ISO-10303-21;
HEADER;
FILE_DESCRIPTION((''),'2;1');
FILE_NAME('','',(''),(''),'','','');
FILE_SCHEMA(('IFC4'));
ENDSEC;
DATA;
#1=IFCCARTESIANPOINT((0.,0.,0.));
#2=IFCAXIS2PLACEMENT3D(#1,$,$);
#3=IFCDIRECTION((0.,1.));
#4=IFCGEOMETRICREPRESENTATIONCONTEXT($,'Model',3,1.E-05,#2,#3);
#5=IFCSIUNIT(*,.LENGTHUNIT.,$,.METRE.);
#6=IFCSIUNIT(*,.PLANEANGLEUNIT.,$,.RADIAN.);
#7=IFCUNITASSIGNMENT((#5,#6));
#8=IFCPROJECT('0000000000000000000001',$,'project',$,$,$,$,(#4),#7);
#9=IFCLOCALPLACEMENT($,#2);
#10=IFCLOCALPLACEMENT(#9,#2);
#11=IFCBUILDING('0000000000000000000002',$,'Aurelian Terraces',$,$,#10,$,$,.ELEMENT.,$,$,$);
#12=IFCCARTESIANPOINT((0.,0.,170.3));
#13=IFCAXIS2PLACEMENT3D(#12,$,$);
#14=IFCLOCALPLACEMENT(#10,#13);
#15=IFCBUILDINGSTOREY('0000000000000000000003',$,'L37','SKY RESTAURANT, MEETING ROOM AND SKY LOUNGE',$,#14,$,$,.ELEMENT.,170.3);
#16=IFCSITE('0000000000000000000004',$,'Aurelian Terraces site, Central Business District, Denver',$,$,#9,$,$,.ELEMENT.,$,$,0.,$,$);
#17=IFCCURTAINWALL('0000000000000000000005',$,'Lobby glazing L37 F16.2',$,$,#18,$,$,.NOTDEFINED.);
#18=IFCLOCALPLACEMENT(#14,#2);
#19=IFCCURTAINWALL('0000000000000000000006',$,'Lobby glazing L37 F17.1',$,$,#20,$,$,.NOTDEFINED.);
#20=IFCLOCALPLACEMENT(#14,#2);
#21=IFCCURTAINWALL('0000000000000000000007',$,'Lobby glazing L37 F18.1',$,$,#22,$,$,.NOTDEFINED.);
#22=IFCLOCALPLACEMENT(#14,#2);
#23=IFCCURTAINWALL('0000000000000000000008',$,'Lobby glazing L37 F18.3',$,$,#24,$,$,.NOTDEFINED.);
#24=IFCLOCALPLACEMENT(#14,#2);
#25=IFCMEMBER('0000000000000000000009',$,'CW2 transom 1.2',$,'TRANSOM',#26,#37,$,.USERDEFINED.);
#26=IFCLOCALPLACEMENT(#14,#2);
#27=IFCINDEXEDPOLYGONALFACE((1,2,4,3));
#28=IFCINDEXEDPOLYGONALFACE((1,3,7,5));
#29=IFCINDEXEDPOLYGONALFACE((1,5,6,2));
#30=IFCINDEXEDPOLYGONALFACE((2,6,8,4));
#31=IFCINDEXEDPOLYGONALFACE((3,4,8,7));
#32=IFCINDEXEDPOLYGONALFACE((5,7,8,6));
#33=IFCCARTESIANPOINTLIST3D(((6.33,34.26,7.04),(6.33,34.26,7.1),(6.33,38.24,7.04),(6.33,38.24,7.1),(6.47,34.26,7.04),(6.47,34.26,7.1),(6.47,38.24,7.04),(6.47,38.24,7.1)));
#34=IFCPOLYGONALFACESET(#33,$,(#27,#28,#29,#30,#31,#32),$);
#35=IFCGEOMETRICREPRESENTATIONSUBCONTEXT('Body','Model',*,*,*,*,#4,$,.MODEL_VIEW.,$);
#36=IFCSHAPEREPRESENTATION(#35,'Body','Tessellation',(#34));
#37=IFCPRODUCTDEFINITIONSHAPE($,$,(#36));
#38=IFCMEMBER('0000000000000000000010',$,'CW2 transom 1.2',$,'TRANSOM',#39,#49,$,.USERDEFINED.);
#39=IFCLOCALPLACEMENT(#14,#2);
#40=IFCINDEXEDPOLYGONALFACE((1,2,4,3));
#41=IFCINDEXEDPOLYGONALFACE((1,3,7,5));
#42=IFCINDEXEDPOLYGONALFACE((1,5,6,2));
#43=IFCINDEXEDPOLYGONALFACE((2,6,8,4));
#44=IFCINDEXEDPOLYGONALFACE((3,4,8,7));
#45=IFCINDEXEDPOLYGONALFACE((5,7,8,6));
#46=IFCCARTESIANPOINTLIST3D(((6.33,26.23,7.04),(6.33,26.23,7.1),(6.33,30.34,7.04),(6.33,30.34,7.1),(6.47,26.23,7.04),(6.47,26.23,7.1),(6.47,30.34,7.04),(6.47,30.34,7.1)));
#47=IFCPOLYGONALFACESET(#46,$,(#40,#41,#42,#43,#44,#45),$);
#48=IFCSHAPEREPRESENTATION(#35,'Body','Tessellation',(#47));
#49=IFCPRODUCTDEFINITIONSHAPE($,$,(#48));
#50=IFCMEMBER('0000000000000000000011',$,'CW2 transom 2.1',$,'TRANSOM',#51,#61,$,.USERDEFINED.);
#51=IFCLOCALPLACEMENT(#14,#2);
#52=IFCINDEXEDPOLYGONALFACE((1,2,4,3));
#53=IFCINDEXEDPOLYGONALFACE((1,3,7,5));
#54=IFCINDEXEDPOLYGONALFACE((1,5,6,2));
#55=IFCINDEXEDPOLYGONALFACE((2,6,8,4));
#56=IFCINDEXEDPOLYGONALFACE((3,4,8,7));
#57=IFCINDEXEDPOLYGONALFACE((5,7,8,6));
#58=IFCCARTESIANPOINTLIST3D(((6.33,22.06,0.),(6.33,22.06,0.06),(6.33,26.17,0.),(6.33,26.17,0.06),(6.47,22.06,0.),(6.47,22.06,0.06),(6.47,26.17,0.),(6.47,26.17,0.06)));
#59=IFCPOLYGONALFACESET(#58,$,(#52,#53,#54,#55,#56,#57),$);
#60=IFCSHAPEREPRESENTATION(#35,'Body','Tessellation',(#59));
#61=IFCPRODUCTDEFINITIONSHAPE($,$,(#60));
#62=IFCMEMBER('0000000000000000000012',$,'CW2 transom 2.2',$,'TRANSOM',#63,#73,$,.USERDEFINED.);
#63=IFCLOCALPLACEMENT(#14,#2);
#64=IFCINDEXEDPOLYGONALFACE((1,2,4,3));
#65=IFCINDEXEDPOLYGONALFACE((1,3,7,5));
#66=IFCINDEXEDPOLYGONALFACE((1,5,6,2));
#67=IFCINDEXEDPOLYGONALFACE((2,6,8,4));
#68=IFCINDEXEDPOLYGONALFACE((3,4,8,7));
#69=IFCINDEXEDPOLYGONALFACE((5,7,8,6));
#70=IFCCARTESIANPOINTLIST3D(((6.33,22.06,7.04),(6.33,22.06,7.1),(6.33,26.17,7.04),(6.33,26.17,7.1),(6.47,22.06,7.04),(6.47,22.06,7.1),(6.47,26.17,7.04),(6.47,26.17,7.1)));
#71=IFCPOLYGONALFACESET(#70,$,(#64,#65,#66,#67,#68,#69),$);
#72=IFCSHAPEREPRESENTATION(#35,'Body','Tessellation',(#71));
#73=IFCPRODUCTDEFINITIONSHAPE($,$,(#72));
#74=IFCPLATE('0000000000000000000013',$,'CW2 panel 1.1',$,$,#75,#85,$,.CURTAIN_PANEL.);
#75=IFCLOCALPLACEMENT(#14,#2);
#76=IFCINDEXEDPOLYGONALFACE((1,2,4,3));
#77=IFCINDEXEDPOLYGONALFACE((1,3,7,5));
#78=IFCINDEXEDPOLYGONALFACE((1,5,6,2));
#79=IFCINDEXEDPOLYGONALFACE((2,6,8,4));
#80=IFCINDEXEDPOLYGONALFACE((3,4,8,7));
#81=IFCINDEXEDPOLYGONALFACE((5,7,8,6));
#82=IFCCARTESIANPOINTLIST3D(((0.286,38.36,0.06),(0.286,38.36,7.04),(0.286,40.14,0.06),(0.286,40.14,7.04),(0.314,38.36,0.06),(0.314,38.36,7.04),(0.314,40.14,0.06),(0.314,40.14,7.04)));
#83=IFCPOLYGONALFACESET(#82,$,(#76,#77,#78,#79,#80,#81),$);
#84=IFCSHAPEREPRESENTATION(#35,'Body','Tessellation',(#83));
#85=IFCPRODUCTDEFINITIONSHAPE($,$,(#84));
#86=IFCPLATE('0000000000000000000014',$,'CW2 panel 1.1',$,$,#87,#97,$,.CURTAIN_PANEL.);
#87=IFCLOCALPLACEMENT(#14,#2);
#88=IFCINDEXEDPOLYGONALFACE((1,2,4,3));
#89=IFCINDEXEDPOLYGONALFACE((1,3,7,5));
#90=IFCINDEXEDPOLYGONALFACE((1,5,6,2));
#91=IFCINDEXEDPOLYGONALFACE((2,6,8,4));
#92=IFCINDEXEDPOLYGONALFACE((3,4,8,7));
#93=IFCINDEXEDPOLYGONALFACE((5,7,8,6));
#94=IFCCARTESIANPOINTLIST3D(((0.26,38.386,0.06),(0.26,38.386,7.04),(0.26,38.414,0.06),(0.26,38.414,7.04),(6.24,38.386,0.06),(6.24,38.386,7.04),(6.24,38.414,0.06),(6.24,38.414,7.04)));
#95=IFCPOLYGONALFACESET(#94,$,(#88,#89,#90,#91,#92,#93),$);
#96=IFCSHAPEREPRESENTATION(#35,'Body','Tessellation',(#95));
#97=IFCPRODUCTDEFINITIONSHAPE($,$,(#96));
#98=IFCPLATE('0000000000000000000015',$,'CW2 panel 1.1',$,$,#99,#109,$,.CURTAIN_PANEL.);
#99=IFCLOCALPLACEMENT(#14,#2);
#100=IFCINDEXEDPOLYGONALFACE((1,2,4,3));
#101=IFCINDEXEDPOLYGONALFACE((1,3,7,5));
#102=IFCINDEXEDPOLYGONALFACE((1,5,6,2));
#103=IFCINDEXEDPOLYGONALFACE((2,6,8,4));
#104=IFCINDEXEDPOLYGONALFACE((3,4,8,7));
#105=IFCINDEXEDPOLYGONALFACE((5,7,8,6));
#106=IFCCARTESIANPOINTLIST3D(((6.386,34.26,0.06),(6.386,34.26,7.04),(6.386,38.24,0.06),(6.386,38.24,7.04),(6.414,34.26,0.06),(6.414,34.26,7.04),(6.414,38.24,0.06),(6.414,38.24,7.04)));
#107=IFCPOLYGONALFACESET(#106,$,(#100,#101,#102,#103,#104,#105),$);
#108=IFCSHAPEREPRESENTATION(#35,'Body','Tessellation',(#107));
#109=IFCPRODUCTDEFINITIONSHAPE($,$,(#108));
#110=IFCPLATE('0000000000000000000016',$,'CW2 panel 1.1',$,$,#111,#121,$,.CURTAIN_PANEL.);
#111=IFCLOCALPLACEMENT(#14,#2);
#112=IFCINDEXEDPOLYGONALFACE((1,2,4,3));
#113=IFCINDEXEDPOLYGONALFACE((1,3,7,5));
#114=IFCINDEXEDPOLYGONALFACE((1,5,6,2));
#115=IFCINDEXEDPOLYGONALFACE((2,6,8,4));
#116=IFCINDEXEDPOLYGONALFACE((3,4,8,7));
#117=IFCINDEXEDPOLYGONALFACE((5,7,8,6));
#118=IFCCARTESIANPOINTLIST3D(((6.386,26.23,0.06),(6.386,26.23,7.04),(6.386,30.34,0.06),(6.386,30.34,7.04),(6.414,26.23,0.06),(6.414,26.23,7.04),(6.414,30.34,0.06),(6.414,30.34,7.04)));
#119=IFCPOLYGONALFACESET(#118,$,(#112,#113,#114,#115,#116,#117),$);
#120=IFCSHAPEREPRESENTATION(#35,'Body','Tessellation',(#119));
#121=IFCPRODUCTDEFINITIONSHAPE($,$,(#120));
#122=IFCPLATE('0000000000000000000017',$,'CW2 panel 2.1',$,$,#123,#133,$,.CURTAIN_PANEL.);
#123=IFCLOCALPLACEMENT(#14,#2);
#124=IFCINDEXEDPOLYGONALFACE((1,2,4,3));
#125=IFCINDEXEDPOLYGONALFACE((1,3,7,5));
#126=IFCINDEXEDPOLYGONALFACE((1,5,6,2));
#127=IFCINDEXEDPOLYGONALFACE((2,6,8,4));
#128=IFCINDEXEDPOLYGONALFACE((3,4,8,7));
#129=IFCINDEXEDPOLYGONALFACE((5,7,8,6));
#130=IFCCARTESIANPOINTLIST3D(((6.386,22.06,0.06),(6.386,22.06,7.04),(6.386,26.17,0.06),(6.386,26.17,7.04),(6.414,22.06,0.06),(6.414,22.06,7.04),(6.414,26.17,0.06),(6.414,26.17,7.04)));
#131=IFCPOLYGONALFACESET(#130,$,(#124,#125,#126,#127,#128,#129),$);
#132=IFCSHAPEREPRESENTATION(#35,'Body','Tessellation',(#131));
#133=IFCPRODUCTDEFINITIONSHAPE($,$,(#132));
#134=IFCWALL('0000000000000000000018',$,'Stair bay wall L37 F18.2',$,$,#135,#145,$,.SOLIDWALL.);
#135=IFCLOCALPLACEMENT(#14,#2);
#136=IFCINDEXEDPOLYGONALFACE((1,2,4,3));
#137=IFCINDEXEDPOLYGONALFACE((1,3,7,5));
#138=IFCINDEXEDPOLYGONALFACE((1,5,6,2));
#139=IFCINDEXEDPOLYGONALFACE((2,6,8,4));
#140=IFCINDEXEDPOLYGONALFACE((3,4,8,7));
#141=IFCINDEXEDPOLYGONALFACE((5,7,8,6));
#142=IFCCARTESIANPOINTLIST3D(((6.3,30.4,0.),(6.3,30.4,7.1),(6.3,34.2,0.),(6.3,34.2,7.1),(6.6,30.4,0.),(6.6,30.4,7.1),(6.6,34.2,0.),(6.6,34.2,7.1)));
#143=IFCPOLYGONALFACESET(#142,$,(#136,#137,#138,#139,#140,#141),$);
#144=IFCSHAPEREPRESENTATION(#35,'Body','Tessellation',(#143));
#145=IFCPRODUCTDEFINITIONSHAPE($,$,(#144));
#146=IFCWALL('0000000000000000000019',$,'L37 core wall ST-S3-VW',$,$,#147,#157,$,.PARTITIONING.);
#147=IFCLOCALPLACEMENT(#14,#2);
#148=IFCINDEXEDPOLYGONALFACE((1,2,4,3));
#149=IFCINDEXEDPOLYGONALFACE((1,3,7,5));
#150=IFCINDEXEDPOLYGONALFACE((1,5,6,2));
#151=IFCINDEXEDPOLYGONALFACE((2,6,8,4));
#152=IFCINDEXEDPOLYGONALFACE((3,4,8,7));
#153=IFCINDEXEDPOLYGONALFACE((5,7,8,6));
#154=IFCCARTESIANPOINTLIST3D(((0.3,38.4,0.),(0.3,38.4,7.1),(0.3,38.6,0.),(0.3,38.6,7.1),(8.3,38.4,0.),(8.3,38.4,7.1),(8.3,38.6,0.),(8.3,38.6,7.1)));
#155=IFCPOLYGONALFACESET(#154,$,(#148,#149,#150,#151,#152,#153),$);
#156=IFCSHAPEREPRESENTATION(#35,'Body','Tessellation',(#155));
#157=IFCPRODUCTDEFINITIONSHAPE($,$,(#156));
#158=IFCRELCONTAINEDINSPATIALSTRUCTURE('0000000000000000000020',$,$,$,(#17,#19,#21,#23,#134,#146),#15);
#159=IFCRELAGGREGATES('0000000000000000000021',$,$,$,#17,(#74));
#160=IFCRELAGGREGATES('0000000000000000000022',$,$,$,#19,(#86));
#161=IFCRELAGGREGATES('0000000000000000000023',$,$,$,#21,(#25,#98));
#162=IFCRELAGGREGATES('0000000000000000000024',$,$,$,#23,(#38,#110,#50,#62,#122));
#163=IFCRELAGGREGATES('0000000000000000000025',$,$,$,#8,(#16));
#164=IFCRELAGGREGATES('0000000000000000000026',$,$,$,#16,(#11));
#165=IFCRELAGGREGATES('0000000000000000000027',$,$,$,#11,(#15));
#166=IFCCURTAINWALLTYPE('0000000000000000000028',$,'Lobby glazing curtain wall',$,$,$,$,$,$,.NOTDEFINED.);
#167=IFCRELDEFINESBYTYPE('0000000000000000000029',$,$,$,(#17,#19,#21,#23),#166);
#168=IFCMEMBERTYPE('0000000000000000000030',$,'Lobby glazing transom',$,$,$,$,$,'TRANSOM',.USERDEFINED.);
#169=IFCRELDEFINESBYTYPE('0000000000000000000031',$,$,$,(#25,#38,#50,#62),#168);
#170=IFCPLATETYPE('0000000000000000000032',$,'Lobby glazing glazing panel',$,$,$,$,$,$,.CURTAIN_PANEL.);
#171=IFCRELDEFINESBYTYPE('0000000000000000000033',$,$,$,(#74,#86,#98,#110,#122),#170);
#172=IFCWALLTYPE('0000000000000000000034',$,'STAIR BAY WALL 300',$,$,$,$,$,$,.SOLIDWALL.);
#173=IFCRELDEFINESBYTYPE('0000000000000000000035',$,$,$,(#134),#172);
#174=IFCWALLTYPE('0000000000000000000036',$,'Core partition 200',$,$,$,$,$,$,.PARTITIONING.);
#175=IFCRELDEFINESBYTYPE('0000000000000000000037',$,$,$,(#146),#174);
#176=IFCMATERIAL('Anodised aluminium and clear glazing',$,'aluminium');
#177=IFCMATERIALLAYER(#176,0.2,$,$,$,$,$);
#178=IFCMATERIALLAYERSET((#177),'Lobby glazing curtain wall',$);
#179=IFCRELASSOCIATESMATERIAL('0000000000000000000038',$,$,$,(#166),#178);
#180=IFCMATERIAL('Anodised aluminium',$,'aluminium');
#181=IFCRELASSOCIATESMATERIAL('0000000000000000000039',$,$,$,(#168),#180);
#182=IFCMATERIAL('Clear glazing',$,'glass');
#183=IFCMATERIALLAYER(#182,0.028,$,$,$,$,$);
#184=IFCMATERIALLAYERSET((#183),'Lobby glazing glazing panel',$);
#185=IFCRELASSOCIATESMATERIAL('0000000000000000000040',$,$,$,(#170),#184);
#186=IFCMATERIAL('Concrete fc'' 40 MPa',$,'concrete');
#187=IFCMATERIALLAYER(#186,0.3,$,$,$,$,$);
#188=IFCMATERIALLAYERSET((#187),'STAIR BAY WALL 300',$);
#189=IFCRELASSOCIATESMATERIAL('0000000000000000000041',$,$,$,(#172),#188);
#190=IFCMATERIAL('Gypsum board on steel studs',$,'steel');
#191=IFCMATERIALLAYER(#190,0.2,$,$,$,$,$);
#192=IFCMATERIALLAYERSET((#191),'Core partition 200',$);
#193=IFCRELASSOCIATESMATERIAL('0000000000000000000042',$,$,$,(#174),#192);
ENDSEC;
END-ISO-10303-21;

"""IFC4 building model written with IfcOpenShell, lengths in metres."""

from ifc_helpers import new_model, si_unit, direction, frame, frame_2d, origin, origin_2d, place, context, subcontext, project, spatial, rectangle, extrude, source, transform, mapped, material, layer, layer_set, material_profile, profile_set, type_object, element, aggregate, save


model = new_model("IFC4")

# Units and contexts
model_context = context("Model", 3, precision=1e-05, world=origin(), true_north=direction((0.0, 1.0)))
body_context = subcontext(model_context, "Body", "Model", "MODEL_VIEW")
ifc_project = project(units=[si_unit("LENGTHUNIT", "METRE"), si_unit("PLANEANGLEUNIT", "RADIAN")], contexts=[model_context])

# Site, building, storey
site_placement = place(None, origin())
site = spatial("IfcSite", under=ifc_project, at=site_placement, Name="Aurelian Terraces site, Central Business District, Denver", CompositionType="ELEMENT", RefElevation=0.0)
building_placement = place(site_placement, origin())
building = spatial("IfcBuilding", under=site, at=building_placement, Name="Aurelian Terraces", CompositionType="ELEMENT")
storey_placement = place(building_placement, frame((0.0, 0.0, 170.3)))
storey = spatial("IfcBuildingStorey", under=building, at=storey_placement, Name="L37", Description="SKY RESTAURANT, MEETING ROOM AND SKY LOUNGE", CompositionType="ELEMENT", Elevation=170.3)

# Curtain walls
ifc_material_1 = material(Name="Anodised aluminium and clear glazing", Category="aluminium")
ifc_layer_1 = layer(ifc_material_1, 0.2)
ifc_layer_set_1 = layer_set([ifc_layer_1], Name="Lobby glazing curtain wall")
curtain_wall_type = type_object("IfcCurtainWallType", Name="Lobby glazing curtain wall", PredefinedType="NOTDEFINED", material=ifc_layer_set_1)
curtain_wall_1_placement = place(storey_placement, origin())
curtain_wall_1 = element("IfcCurtainWall", 1, at=curtain_wall_1_placement, inside=storey, type_object=curtain_wall_type, Name="Lobby glazing L37 F16.2", PredefinedType="NOTDEFINED")
ifc_material_2 = material(Name="Anodised aluminium", Category="aluminium")
ifc_material_profile_1 = material_profile(ifc_material_2, rectangle(XDim=0.14, YDim=0.06, at=origin_2d()))
ifc_profile_set_1 = profile_set([ifc_material_profile_1], Name="Anodised aluminium")
member_type_1 = type_object("IfcMemberType", Name="Lobby glazing transom", ElementType="TRANSOM", PredefinedType="USERDEFINED", material=ifc_profile_set_1)
curtain_wall_2_placement = place(storey_placement, origin())
curtain_wall_2 = element("IfcCurtainWall", 2, at=curtain_wall_2_placement, inside=storey, type_object=curtain_wall_type, Name="Lobby glazing L37 F17.1", PredefinedType="NOTDEFINED")
curtain_wall_3_placement = place(storey_placement, origin())
curtain_wall_3 = element("IfcCurtainWall", 3, at=curtain_wall_3_placement, inside=storey, type_object=curtain_wall_type, Name="Lobby glazing L37 F18.1", PredefinedType="NOTDEFINED")
curtain_wall_4_placement = place(storey_placement, origin())
curtain_wall_4 = element("IfcCurtainWall", 4, at=curtain_wall_4_placement, inside=storey, type_object=curtain_wall_type, Name="Lobby glazing L37 F18.3", PredefinedType="NOTDEFINED")

# Members
shared_shape_1 = source(origin(), body_context, "Body", "SweptSolid", [
    extrude(rectangle(XDim=0.14, YDim=0.06, at=origin_2d()), origin(), (0.0, 0.0, 1.0), 3.98),
])
member_1_placement = place(storey_placement, frame((6.4, 38.24, 7.07), z_axis=(0.0, -1.0, 0.0), x_axis=(1.0, 0.0, 0.0)))
member_1 = element("IfcMember", 5, at=member_1_placement, type_object=member_type_1, Name="CW2 transom 1.2", ObjectType="TRANSOM", PredefinedType="USERDEFINED", context=body_context, shape_type="MappedRepresentation", body=[
    mapped(shared_shape_1, transform((0.0, 0.0, 0.0), scale=1.0)),
])
shared_shape_2 = source(origin(), body_context, "Body", "SweptSolid", [
    extrude(rectangle(XDim=0.14, YDim=0.06, at=origin_2d()), origin(), (0.0, 0.0, 1.0), 4.11),
])
member_2_placement = place(storey_placement, frame((6.4, 30.34, 7.07), z_axis=(0.0, -1.0, 0.0), x_axis=(1.0, 0.0, 0.0)))
member_2 = element("IfcMember", 6, at=member_2_placement, type_object=member_type_1, Name="CW2 transom 1.2", ObjectType="TRANSOM", PredefinedType="USERDEFINED", context=body_context, shape_type="MappedRepresentation", body=[
    mapped(shared_shape_2, transform((0.0, 0.0, 0.0), scale=1.0)),
])
member_3_placement = place(storey_placement, frame((6.4, 26.17, 0.03), z_axis=(0.0, -1.0, 0.0), x_axis=(1.0, 0.0, 0.0)))
member_3 = element("IfcMember", 7, at=member_3_placement, type_object=member_type_1, Name="CW2 transom 2.1", ObjectType="TRANSOM", PredefinedType="USERDEFINED", context=body_context, shape_type="MappedRepresentation", body=[
    mapped(shared_shape_2, transform((0.0, 0.0, 0.0), scale=1.0)),
])
member_4_placement = place(storey_placement, frame((6.4, 26.17, 7.07), z_axis=(0.0, -1.0, 0.0), x_axis=(1.0, 0.0, 0.0)))
member_4 = element("IfcMember", 8, at=member_4_placement, type_object=member_type_1, Name="CW2 transom 2.2", ObjectType="TRANSOM", PredefinedType="USERDEFINED", context=body_context, shape_type="MappedRepresentation", body=[
    mapped(shared_shape_2, transform((0.0, 0.0, 0.0), scale=1.0)),
])

# Plates
ifc_material_3 = material(Name="Clear glazing", Category="glass")
ifc_layer_2 = layer(ifc_material_3, 0.028)
ifc_layer_set_2 = layer_set([ifc_layer_2], Name="Lobby glazing glazing panel")
plate_type = type_object("IfcPlateType", Name="Lobby glazing glazing panel", PredefinedType="CURTAIN_PANEL", material=ifc_layer_set_2)
plate_1_placement = place(storey_placement, frame((0.3, 39.25, 0.06), z_axis=(0.0, 0.0, 1.0), x_axis=(0.0, -1.0, 0.0)))
plate_1 = element("IfcPlate", 9, at=plate_1_placement, type_object=plate_type, Name="CW2 panel 1.1", PredefinedType="CURTAIN_PANEL", context=body_context, shape_type="SweptSolid", body=[
    extrude(rectangle(XDim=1.78, YDim=0.028, at=origin_2d()), origin(), (0.0, 0.0, 1.0), 6.98),
])
aggregate(curtain_wall_1, [plate_1])
plate_2_placement = place(storey_placement, frame((3.25, 38.4, 0.06), z_axis=(0.0, 0.0, 1.0), x_axis=(1.0, 0.0, 0.0)))
plate_2 = element("IfcPlate", 10, at=plate_2_placement, type_object=plate_type, Name="CW2 panel 1.1", PredefinedType="CURTAIN_PANEL", context=body_context, shape_type="SweptSolid", body=[
    extrude(rectangle(XDim=5.98, YDim=0.028, at=origin_2d()), origin(), (0.0, 0.0, 1.0), 6.98),
])
aggregate(curtain_wall_2, [plate_2])
plate_3_placement = place(storey_placement, frame((6.4, 36.25, 0.06), z_axis=(0.0, 0.0, 1.0), x_axis=(0.0, -1.0, 0.0)))
plate_3 = element("IfcPlate", 11, at=plate_3_placement, type_object=plate_type, Name="CW2 panel 1.1", PredefinedType="CURTAIN_PANEL", context=body_context, shape_type="SweptSolid", body=[
    extrude(rectangle(XDim=3.98, YDim=0.028, at=origin_2d()), origin(), (0.0, 0.0, 1.0), 6.98),
])
aggregate(curtain_wall_3, [member_1, plate_3])
plate_4_placement = place(storey_placement, frame((6.4, 28.285, 0.06), z_axis=(0.0, 0.0, 1.0), x_axis=(0.0, -1.0, 0.0)))
plate_4 = element("IfcPlate", 12, at=plate_4_placement, type_object=plate_type, Name="CW2 panel 1.1", PredefinedType="CURTAIN_PANEL", context=body_context, shape_type="SweptSolid", body=[
    extrude(rectangle(XDim=4.11, YDim=0.028, at=origin_2d()), origin(), (0.0, 0.0, 1.0), 6.98),
])
shared_shape_3 = source(origin(), body_context, "Body", "SweptSolid", [
    extrude(rectangle(XDim=4.11, YDim=0.028, at=origin_2d()), origin(), (0.0, 0.0, 1.0), 6.98),
])
plate_5_placement = place(storey_placement, frame((6.4, 24.115, 0.06), z_axis=(0.0, 0.0, 1.0), x_axis=(0.0, -1.0, 0.0)))
plate_5 = element("IfcPlate", 13, at=plate_5_placement, type_object=plate_type, Name="CW2 panel 2.1", PredefinedType="CURTAIN_PANEL", context=body_context, shape_type="MappedRepresentation", body=[
    mapped(shared_shape_3, transform((0.0, 0.0, 0.0), scale=1.0)),
])
aggregate(curtain_wall_4, [member_2, plate_4, member_3, member_4, plate_5])

# Walls
ifc_material_4 = material(Name="Concrete fc' 40 MPa", Category="concrete")
ifc_layer_3 = layer(ifc_material_4, 0.3)
ifc_layer_set_3 = layer_set([ifc_layer_3], Name="STAIR BAY WALL 300")
wall_type_1 = type_object("IfcWallType", Name="STAIR BAY WALL 300", PredefinedType="SOLIDWALL", material=ifc_layer_set_3)
wall_1_placement = place(storey_placement, frame((6.45, 34.2, 0.0), z_axis=(0.0, 0.0, 1.0), x_axis=(0.0, -1.0, 0.0)))
element("IfcWall", 14, at=wall_1_placement, inside=storey, type_object=wall_type_1, Name="Stair bay wall L37 F18.2", PredefinedType="SOLIDWALL", context=body_context, shape_type="SweptSolid", body=[
    extrude(rectangle(XDim=3.8, YDim=0.3, at=frame_2d((1.9, 0.0))), origin(), (0.0, 0.0, 1.0), 7.1),
])
ifc_material_5 = material(Name="Gypsum board on steel studs", Category="steel")
ifc_layer_4 = layer(ifc_material_5, 0.2)
ifc_layer_set_4 = layer_set([ifc_layer_4], Name="Core partition 200")
wall_type_2 = type_object("IfcWallType", Name="Core partition 200", PredefinedType="PARTITIONING", material=ifc_layer_set_4)
shared_shape_4 = source(origin(), body_context, "Body", "SweptSolid", [
    extrude(rectangle(XDim=8.0, YDim=0.2, at=frame_2d((4.0, 0.0))), origin(), (0.0, 0.0, 1.0), 7.1),
])
wall_2_placement = place(storey_placement, frame((0.3, 38.5, 0.0), z_axis=(0.0, 0.0, 1.0), x_axis=(1.0, 0.0, 0.0)))
element("IfcWall", 15, at=wall_2_placement, inside=storey, type_object=wall_type_2, Name="L37 core wall ST-S3-VW", PredefinedType="PARTITIONING", context=body_context, shape_type="MappedRepresentation", body=[
    mapped(shared_shape_4, transform((0.0, 0.0, 0.0), scale=1.0)),
])

save(model, "model.ifc")
